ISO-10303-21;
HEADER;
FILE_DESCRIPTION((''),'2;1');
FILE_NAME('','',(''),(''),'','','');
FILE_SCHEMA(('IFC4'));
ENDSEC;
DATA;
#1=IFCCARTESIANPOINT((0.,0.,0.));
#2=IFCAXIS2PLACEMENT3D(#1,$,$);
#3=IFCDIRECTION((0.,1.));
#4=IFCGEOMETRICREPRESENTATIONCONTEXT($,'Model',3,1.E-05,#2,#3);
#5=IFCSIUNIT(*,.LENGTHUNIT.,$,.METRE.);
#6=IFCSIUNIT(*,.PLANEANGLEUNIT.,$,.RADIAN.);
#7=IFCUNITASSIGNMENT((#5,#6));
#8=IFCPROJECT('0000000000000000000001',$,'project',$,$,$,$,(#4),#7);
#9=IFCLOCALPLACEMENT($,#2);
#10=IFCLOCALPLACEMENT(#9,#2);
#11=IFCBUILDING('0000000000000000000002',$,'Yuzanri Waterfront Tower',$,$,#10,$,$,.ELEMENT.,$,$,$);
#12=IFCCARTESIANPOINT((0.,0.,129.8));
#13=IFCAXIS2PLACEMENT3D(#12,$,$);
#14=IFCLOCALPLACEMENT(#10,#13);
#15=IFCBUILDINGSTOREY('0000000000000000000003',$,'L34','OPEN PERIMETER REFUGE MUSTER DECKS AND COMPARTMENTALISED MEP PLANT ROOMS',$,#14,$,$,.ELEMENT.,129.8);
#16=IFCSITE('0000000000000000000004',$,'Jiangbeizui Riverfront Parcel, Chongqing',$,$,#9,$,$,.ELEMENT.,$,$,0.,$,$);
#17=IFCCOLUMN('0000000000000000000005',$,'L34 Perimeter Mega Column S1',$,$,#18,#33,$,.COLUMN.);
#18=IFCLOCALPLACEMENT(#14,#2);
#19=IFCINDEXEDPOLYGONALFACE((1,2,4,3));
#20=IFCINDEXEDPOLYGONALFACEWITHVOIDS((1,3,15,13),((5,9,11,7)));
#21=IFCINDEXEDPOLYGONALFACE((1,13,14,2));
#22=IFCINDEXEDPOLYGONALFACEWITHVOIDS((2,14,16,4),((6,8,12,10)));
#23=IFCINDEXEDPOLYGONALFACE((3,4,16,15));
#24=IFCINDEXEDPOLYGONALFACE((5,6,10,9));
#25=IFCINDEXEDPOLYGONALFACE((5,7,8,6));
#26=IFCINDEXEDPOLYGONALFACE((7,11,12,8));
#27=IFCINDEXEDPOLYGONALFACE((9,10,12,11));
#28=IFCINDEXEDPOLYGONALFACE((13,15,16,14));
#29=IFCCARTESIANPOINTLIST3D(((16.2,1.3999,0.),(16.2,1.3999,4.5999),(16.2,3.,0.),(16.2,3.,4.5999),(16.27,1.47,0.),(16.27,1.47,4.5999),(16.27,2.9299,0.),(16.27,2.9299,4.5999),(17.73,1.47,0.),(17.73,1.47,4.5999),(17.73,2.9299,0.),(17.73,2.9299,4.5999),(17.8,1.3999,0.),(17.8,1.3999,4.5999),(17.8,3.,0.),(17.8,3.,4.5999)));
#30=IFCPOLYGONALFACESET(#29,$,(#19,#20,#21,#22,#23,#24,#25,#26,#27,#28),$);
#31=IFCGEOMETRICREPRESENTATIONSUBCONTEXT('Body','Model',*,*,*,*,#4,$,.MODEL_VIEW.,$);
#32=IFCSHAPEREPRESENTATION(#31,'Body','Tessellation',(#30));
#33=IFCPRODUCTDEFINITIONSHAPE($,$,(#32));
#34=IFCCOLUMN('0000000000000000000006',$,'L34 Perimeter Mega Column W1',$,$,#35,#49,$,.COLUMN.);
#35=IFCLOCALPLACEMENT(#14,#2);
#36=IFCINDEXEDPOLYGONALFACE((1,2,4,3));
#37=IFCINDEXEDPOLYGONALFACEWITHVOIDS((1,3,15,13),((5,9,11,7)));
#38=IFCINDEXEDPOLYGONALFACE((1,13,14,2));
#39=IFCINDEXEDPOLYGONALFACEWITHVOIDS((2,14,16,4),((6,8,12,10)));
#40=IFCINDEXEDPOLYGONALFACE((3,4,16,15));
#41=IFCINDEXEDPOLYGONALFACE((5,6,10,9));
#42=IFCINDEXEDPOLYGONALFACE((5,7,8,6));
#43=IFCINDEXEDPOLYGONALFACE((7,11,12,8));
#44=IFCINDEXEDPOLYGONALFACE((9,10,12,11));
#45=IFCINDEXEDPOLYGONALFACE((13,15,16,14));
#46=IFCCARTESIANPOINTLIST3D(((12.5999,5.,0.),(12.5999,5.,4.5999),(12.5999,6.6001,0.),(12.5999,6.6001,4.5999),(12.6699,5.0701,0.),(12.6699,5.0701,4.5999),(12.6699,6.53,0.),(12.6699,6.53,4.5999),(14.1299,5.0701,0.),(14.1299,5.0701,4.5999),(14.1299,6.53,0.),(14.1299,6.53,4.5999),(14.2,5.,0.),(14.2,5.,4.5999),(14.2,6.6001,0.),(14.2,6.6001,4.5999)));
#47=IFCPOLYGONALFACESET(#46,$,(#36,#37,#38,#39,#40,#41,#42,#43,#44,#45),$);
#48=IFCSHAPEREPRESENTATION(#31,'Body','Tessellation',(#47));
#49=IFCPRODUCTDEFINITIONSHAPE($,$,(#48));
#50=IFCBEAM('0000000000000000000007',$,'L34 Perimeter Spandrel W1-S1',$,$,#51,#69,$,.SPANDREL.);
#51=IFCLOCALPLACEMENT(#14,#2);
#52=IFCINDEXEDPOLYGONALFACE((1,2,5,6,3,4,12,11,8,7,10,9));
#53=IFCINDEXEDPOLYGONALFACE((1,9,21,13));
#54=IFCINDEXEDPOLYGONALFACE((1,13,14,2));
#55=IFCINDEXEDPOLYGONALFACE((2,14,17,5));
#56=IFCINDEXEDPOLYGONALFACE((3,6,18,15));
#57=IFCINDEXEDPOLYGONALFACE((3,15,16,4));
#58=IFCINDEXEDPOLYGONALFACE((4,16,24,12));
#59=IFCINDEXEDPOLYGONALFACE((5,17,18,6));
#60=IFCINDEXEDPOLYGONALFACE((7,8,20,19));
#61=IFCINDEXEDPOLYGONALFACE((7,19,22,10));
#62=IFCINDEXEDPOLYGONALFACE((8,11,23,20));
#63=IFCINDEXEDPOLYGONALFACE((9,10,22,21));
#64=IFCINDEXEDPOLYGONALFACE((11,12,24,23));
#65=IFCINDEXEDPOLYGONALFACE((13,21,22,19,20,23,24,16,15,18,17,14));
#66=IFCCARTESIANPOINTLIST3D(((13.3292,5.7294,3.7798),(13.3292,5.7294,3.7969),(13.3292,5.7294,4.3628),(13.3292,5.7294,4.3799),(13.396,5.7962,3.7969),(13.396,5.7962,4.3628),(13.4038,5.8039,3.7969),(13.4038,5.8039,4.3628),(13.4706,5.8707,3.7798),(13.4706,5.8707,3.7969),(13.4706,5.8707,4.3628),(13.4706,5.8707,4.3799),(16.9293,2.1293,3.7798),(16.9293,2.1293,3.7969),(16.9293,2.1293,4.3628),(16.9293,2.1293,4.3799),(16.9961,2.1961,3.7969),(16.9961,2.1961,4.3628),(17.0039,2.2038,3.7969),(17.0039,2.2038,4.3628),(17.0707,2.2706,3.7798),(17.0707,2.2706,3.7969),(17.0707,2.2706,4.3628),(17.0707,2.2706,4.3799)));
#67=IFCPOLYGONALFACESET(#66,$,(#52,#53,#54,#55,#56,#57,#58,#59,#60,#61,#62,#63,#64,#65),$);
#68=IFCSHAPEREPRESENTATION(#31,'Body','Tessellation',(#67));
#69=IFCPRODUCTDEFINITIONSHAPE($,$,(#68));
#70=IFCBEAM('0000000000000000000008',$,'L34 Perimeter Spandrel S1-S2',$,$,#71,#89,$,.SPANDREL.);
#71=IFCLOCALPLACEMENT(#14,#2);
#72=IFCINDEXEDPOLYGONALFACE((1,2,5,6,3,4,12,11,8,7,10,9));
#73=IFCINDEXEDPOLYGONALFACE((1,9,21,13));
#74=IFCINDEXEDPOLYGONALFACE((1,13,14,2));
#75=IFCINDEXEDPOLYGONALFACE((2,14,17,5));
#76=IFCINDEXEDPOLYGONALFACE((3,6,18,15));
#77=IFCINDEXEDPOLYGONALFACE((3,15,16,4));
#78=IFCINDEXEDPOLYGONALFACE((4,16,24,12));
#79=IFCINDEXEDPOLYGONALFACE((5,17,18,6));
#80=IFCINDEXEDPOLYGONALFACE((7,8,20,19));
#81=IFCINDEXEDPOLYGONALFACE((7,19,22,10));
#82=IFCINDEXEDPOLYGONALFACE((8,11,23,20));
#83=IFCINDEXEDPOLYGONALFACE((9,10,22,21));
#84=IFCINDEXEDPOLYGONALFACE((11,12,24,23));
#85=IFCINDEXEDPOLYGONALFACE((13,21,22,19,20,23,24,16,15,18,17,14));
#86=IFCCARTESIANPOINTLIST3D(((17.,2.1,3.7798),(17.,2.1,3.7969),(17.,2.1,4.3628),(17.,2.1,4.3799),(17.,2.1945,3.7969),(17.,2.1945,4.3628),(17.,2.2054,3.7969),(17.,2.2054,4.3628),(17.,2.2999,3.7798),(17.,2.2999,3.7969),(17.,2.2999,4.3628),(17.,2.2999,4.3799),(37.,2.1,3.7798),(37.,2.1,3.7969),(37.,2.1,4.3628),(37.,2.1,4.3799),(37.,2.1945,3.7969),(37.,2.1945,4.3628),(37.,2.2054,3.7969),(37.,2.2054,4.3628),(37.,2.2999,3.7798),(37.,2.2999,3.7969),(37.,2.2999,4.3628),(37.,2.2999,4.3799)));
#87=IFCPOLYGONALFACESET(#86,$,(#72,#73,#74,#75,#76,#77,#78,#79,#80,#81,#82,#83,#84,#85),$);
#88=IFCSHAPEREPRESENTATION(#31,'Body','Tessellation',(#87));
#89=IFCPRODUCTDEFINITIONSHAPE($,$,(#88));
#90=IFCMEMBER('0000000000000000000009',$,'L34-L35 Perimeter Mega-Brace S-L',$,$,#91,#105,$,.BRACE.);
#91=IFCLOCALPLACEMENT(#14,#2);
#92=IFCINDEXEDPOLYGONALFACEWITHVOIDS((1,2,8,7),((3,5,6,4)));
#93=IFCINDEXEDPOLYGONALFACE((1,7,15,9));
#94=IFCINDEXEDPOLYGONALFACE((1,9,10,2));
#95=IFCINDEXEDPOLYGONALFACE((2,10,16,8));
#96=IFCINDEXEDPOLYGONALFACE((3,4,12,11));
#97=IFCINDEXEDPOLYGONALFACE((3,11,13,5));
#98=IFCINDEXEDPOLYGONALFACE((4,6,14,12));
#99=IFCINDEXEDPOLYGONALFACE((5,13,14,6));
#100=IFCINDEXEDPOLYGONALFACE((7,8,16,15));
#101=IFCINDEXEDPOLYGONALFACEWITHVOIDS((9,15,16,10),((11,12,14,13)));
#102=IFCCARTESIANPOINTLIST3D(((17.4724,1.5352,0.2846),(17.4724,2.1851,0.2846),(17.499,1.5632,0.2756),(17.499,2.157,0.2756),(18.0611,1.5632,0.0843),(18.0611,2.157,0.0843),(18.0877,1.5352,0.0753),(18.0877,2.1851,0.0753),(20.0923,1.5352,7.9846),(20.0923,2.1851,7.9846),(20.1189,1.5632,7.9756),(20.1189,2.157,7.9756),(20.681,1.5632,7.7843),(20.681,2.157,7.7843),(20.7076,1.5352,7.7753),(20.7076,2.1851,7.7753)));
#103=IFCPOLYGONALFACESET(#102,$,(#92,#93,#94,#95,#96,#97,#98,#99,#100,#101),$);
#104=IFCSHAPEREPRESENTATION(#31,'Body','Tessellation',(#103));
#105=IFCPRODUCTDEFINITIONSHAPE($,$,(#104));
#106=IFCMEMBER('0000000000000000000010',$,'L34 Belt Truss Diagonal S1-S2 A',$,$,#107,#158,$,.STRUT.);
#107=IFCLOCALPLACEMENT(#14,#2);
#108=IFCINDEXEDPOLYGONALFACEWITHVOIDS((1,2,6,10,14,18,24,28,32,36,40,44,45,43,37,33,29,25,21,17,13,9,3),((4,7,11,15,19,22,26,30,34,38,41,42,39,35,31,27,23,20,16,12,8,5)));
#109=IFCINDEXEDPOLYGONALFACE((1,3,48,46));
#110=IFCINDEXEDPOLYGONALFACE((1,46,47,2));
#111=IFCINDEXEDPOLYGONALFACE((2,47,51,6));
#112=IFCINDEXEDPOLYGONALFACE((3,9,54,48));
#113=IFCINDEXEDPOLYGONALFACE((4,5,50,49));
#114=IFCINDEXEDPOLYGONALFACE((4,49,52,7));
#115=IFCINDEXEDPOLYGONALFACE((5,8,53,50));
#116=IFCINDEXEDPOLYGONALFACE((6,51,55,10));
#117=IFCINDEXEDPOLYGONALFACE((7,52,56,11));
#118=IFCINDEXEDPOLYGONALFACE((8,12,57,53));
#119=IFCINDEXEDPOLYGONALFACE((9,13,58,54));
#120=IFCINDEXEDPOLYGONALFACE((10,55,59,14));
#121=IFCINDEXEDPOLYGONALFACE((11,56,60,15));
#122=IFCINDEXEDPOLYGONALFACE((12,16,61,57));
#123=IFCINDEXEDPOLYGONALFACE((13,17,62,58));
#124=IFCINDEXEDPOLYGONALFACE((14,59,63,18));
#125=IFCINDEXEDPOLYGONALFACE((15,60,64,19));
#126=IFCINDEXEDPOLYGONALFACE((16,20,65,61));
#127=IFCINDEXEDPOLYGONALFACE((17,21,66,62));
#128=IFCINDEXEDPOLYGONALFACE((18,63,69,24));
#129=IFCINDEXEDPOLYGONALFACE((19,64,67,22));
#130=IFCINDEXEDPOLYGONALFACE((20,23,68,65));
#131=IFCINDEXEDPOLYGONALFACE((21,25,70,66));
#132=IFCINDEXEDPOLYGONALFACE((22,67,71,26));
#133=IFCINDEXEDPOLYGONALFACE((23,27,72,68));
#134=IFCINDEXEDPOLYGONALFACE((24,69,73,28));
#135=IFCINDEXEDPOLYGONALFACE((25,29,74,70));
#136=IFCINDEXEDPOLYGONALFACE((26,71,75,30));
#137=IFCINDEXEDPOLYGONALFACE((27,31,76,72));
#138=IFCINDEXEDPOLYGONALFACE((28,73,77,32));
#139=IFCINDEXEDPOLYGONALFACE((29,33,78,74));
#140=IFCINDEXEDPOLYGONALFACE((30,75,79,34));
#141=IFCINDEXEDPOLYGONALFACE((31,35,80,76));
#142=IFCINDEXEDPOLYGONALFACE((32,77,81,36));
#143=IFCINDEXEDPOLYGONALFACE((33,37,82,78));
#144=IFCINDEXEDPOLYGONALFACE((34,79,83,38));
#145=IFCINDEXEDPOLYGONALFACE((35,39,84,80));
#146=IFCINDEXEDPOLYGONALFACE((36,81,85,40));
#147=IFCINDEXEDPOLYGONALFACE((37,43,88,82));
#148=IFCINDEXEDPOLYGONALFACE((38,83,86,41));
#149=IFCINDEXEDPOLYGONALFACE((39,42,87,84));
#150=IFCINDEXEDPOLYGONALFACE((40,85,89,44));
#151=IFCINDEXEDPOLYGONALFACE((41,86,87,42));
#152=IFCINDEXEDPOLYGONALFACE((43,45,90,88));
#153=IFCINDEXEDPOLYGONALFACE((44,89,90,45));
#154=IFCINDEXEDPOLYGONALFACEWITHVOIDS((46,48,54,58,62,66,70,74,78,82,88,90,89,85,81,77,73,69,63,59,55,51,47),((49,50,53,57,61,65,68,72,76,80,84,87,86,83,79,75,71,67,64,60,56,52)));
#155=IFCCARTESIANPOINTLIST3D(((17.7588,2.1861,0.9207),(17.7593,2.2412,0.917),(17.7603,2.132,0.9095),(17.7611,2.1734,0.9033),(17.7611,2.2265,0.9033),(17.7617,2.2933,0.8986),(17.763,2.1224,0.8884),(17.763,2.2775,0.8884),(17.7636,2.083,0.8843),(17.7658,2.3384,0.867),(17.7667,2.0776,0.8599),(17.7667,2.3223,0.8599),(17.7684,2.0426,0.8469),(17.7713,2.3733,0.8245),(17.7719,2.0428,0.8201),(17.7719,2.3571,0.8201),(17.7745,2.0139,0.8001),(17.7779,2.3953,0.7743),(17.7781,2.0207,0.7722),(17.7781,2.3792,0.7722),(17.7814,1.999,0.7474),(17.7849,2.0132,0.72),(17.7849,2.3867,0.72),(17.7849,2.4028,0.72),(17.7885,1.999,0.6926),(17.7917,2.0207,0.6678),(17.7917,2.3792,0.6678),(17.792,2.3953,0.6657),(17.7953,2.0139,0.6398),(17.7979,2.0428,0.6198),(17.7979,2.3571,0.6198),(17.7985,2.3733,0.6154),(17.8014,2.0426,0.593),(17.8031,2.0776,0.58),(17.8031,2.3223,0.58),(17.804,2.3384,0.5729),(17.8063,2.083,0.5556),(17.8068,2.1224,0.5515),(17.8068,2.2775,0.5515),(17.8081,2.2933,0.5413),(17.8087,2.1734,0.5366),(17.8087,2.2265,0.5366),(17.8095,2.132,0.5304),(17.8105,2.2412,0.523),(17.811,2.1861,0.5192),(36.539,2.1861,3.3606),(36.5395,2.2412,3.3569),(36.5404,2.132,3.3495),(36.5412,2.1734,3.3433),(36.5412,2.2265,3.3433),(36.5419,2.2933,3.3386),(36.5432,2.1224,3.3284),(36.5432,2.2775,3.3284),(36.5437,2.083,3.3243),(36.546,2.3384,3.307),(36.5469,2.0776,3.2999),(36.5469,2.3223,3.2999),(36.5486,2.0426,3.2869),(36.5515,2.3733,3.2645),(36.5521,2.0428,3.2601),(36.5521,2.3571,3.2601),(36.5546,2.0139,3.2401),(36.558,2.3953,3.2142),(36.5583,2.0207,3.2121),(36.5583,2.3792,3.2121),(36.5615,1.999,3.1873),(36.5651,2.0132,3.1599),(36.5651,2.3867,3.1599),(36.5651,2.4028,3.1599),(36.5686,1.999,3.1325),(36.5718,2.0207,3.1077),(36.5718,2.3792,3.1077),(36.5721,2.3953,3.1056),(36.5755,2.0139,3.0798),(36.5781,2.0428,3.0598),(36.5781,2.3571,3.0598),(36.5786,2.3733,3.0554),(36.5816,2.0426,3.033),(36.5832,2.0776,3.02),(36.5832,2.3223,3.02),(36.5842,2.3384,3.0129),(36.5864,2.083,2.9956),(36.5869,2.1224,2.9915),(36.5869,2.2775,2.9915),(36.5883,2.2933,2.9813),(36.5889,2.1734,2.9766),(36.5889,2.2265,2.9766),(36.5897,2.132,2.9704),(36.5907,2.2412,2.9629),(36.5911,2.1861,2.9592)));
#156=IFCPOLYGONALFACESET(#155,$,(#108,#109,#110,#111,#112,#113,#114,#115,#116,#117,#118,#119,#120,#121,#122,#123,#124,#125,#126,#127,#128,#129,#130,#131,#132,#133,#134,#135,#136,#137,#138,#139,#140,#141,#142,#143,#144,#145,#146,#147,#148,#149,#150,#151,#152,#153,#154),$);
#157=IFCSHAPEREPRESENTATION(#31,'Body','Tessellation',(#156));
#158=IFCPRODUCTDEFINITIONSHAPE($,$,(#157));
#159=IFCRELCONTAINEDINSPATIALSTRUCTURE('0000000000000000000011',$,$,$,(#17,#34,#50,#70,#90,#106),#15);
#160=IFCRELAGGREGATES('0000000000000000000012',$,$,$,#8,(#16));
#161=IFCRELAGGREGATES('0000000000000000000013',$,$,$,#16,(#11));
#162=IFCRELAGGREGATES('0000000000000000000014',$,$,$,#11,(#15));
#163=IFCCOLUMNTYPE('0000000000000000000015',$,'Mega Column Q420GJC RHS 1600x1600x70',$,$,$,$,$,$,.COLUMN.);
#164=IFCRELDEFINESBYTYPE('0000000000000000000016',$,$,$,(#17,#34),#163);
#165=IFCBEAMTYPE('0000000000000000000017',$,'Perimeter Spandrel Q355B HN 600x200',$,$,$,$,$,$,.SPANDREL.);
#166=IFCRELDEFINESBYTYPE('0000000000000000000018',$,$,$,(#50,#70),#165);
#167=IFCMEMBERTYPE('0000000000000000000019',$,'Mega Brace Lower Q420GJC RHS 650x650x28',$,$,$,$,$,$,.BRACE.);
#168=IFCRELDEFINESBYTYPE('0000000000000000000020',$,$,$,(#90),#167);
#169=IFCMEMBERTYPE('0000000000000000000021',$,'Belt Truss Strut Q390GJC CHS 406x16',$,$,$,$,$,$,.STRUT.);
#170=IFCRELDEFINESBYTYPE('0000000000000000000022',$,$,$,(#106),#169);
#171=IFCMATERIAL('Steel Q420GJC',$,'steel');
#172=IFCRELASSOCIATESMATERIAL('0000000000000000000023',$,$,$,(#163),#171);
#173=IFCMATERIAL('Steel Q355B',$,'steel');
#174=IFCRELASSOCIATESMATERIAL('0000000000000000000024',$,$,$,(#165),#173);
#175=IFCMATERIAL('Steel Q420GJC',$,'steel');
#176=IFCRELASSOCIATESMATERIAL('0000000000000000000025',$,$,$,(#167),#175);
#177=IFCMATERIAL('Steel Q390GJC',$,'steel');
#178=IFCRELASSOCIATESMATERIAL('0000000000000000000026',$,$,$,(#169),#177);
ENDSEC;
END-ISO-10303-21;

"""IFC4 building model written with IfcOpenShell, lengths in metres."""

from ifc_helpers import new_model, si_unit, direction, frame, origin, origin_2d, place, context, subcontext, project, spatial, hollow_rectangle, hollow_circle, i_section, extrude, source, transform, mapped, material, material_profile, profile_set, type_object, element, save


model = new_model("IFC4")

# Units and contexts
model_context = context("Model", 3, precision=1e-05, world=origin(), true_north=direction((0.0, 1.0)))
body_context = subcontext(model_context, "Body", "Model", "MODEL_VIEW")
ifc_project = project(units=[si_unit("LENGTHUNIT", "METRE"), si_unit("PLANEANGLEUNIT", "RADIAN")], contexts=[model_context])

# Site, building, storey
site_placement = place(None, origin())
site = spatial("IfcSite", under=ifc_project, at=site_placement, Name="Jiangbeizui Riverfront Parcel, Chongqing", CompositionType="ELEMENT", RefElevation=0.0)
building_placement = place(site_placement, origin())
building = spatial("IfcBuilding", under=site, at=building_placement, Name="Yuzanri Waterfront Tower", CompositionType="ELEMENT")
storey_placement = place(building_placement, frame((0.0, 0.0, 129.8)))
storey = spatial("IfcBuildingStorey", under=building, at=storey_placement, Name="L34", Description="OPEN PERIMETER REFUGE MUSTER DECKS AND COMPARTMENTALISED MEP PLANT ROOMS", CompositionType="ELEMENT", Elevation=129.8)

# Columns
ifc_material_1 = material(Name="Steel Q420GJC", Category="steel")
ifc_material_profile_1 = material_profile(ifc_material_1, hollow_rectangle(XDim=1.6001, YDim=1.6001, WallThickness=0.0701, at=origin_2d()), Name="RHS 1600x1600x70")
ifc_profile_set_1 = profile_set([ifc_material_profile_1], Name="Steel Q420GJC")
column_type = type_object("IfcColumnType", Name="Mega Column Q420GJC RHS 1600x1600x70", PredefinedType="COLUMN", material=ifc_profile_set_1)
shared_shape_1 = source(origin(), body_context, "Body", "SweptSolid", [
    extrude(hollow_rectangle(XDim=1.6001, YDim=1.6001, WallThickness=0.0701, at=origin_2d()), origin(), (0.0, 0.0, 1.0), 4.5999),
])
for number, where, z_axis, x_axis, name in (
    (1, (17.0, 2.2, 0.0), (0.0, 0.0, 1.0), (1.0, 0.0, 0.0), "L34 Perimeter Mega Column S1"),
    (2, (13.3999, 5.8, 0.0), (0.0, 0.0, 1.0), (1.0, 0.0, 0.0), "L34 Perimeter Mega Column W1"),
):
    element("IfcColumn", number, at=place(storey_placement, frame(where, z_axis=z_axis, x_axis=x_axis)), inside=storey, type_object=column_type, Name=name, PredefinedType="COLUMN", context=body_context, shape_type="MappedRepresentation", body=[
        mapped(shared_shape_1, transform((0.0, 0.0, 0.0), scale=1.0)),
    ])

# Beams
ifc_material_2 = material(Name="Steel Q355B", Category="steel")
ifc_material_profile_2 = material_profile(ifc_material_2, i_section(OverallWidth=0.2, OverallDepth=0.6001, WebThickness=0.011, FlangeThickness=0.0171, at=origin_2d()), Name="HN 600x200x11x17")
ifc_profile_set_2 = profile_set([ifc_material_profile_2], Name="Steel Q355B")
beam_type = type_object("IfcBeamType", Name="Perimeter Spandrel Q355B HN 600x200", PredefinedType="SPANDREL", material=ifc_profile_set_2)
shared_shape_2 = source(origin(), body_context, "Body", "SweptSolid", [
    extrude(i_section(OverallWidth=0.2, OverallDepth=0.6001, WebThickness=0.011, FlangeThickness=0.0171, at=origin_2d()), origin(), (0.0, 0.0, 1.0), 5.0913),
])
beam_1_placement = place(storey_placement, frame((13.3999, 5.8, 4.0798), z_axis=(0.707107, -0.707107, 0.0), x_axis=(0.707107, 0.707107, 0.0)))
element("IfcBeam", 3, at=beam_1_placement, inside=storey, type_object=beam_type, Name="L34 Perimeter Spandrel W1-S1", PredefinedType="SPANDREL", context=body_context, shape_type="MappedRepresentation", body=[
    mapped(shared_shape_2, transform((0.0, 0.0, 0.0), scale=1.0)),
])
shared_shape_3 = source(origin(), body_context, "Body", "SweptSolid", [
    extrude(i_section(OverallWidth=0.2, OverallDepth=0.6001, WebThickness=0.011, FlangeThickness=0.0171, at=origin_2d()), origin(), (0.0, 0.0, 1.0), 20.0),
])
beam_2_placement = place(storey_placement, frame((17.0, 2.2, 4.0798), z_axis=(1.0, 0.0, 0.0), x_axis=(0.0, 1.0, 0.0)))
element("IfcBeam", 4, at=beam_2_placement, inside=storey, type_object=beam_type, Name="L34 Perimeter Spandrel S1-S2", PredefinedType="SPANDREL", context=body_context, shape_type="MappedRepresentation", body=[
    mapped(shared_shape_3, transform((0.0, 0.0, 0.0), scale=1.0)),
])

# Members
ifc_material_3 = material(Name="Steel Q420GJC", Category="steel")
ifc_material_profile_3 = material_profile(ifc_material_3, hollow_rectangle(XDim=0.6499, YDim=0.6499, WallThickness=0.0281, at=origin_2d()), Name="RHS 650x650x28")
ifc_profile_set_3 = profile_set([ifc_material_profile_3], Name="Steel Q420GJC")
member_type_1 = type_object("IfcMemberType", Name="Mega Brace Lower Q420GJC RHS 650x650x28", PredefinedType="BRACE", material=ifc_profile_set_3)
shared_shape_4 = source(origin(), body_context, "Body", "SweptSolid", [
    extrude(hollow_rectangle(XDim=0.6499, YDim=0.6499, WallThickness=0.0281, at=origin_2d()), origin(), (0.0, 0.0, 1.0), 8.1335),
])
member_placement = place(storey_placement, frame((17.78, 1.8601, 0.1799), z_axis=(0.322111, 0.0, 0.946702), x_axis=(0.0, 1.0, 0.0)))
element("IfcMember", 5, at=member_placement, inside=storey, type_object=member_type_1, Name="L34-L35 Perimeter Mega-Brace S-L", PredefinedType="BRACE", context=body_context, shape_type="MappedRepresentation", body=[
    mapped(shared_shape_4, transform((0.0, 0.0, 0.0), scale=1.0)),
])
ifc_material_4 = material(Name="Steel Q390GJC", Category="steel")
ifc_material_profile_4 = material_profile(ifc_material_4, hollow_circle(Radius=0.2029, WallThickness=0.0161, at=origin_2d()), Name="CHS 406x16")
ifc_profile_set_4 = profile_set([ifc_material_profile_4], Name="Steel Q390GJC")
member_type_2 = type_object("IfcMemberType", Name="Belt Truss Strut Q390GJC CHS 406x16", PredefinedType="STRUT", material=ifc_profile_set_4)
shared_shape_5 = source(origin(), body_context, "Body", "SweptSolid", [
    extrude(hollow_circle(Radius=0.2029, WallThickness=0.0161, at=origin_2d()), origin(), (0.0, 0.0, 1.0), 18.938),
])
for number, where, z_axis, x_axis, name in (
    (6, (17.7849, 2.2, 0.72), (0.991665, 0.0, 0.128839), (0.0, 1.0, 0.0), "L34 Belt Truss Diagonal S1-S2 A"),
):
    element("IfcMember", number, at=place(storey_placement, frame(where, z_axis=z_axis, x_axis=x_axis)), inside=storey, type_object=member_type_2, Name=name, PredefinedType="STRUT", context=body_context, shape_type="MappedRepresentation", body=[
        mapped(shared_shape_5, transform((0.0, 0.0, 0.0), scale=1.0)),
    ])

save(model, "model.ifc")
